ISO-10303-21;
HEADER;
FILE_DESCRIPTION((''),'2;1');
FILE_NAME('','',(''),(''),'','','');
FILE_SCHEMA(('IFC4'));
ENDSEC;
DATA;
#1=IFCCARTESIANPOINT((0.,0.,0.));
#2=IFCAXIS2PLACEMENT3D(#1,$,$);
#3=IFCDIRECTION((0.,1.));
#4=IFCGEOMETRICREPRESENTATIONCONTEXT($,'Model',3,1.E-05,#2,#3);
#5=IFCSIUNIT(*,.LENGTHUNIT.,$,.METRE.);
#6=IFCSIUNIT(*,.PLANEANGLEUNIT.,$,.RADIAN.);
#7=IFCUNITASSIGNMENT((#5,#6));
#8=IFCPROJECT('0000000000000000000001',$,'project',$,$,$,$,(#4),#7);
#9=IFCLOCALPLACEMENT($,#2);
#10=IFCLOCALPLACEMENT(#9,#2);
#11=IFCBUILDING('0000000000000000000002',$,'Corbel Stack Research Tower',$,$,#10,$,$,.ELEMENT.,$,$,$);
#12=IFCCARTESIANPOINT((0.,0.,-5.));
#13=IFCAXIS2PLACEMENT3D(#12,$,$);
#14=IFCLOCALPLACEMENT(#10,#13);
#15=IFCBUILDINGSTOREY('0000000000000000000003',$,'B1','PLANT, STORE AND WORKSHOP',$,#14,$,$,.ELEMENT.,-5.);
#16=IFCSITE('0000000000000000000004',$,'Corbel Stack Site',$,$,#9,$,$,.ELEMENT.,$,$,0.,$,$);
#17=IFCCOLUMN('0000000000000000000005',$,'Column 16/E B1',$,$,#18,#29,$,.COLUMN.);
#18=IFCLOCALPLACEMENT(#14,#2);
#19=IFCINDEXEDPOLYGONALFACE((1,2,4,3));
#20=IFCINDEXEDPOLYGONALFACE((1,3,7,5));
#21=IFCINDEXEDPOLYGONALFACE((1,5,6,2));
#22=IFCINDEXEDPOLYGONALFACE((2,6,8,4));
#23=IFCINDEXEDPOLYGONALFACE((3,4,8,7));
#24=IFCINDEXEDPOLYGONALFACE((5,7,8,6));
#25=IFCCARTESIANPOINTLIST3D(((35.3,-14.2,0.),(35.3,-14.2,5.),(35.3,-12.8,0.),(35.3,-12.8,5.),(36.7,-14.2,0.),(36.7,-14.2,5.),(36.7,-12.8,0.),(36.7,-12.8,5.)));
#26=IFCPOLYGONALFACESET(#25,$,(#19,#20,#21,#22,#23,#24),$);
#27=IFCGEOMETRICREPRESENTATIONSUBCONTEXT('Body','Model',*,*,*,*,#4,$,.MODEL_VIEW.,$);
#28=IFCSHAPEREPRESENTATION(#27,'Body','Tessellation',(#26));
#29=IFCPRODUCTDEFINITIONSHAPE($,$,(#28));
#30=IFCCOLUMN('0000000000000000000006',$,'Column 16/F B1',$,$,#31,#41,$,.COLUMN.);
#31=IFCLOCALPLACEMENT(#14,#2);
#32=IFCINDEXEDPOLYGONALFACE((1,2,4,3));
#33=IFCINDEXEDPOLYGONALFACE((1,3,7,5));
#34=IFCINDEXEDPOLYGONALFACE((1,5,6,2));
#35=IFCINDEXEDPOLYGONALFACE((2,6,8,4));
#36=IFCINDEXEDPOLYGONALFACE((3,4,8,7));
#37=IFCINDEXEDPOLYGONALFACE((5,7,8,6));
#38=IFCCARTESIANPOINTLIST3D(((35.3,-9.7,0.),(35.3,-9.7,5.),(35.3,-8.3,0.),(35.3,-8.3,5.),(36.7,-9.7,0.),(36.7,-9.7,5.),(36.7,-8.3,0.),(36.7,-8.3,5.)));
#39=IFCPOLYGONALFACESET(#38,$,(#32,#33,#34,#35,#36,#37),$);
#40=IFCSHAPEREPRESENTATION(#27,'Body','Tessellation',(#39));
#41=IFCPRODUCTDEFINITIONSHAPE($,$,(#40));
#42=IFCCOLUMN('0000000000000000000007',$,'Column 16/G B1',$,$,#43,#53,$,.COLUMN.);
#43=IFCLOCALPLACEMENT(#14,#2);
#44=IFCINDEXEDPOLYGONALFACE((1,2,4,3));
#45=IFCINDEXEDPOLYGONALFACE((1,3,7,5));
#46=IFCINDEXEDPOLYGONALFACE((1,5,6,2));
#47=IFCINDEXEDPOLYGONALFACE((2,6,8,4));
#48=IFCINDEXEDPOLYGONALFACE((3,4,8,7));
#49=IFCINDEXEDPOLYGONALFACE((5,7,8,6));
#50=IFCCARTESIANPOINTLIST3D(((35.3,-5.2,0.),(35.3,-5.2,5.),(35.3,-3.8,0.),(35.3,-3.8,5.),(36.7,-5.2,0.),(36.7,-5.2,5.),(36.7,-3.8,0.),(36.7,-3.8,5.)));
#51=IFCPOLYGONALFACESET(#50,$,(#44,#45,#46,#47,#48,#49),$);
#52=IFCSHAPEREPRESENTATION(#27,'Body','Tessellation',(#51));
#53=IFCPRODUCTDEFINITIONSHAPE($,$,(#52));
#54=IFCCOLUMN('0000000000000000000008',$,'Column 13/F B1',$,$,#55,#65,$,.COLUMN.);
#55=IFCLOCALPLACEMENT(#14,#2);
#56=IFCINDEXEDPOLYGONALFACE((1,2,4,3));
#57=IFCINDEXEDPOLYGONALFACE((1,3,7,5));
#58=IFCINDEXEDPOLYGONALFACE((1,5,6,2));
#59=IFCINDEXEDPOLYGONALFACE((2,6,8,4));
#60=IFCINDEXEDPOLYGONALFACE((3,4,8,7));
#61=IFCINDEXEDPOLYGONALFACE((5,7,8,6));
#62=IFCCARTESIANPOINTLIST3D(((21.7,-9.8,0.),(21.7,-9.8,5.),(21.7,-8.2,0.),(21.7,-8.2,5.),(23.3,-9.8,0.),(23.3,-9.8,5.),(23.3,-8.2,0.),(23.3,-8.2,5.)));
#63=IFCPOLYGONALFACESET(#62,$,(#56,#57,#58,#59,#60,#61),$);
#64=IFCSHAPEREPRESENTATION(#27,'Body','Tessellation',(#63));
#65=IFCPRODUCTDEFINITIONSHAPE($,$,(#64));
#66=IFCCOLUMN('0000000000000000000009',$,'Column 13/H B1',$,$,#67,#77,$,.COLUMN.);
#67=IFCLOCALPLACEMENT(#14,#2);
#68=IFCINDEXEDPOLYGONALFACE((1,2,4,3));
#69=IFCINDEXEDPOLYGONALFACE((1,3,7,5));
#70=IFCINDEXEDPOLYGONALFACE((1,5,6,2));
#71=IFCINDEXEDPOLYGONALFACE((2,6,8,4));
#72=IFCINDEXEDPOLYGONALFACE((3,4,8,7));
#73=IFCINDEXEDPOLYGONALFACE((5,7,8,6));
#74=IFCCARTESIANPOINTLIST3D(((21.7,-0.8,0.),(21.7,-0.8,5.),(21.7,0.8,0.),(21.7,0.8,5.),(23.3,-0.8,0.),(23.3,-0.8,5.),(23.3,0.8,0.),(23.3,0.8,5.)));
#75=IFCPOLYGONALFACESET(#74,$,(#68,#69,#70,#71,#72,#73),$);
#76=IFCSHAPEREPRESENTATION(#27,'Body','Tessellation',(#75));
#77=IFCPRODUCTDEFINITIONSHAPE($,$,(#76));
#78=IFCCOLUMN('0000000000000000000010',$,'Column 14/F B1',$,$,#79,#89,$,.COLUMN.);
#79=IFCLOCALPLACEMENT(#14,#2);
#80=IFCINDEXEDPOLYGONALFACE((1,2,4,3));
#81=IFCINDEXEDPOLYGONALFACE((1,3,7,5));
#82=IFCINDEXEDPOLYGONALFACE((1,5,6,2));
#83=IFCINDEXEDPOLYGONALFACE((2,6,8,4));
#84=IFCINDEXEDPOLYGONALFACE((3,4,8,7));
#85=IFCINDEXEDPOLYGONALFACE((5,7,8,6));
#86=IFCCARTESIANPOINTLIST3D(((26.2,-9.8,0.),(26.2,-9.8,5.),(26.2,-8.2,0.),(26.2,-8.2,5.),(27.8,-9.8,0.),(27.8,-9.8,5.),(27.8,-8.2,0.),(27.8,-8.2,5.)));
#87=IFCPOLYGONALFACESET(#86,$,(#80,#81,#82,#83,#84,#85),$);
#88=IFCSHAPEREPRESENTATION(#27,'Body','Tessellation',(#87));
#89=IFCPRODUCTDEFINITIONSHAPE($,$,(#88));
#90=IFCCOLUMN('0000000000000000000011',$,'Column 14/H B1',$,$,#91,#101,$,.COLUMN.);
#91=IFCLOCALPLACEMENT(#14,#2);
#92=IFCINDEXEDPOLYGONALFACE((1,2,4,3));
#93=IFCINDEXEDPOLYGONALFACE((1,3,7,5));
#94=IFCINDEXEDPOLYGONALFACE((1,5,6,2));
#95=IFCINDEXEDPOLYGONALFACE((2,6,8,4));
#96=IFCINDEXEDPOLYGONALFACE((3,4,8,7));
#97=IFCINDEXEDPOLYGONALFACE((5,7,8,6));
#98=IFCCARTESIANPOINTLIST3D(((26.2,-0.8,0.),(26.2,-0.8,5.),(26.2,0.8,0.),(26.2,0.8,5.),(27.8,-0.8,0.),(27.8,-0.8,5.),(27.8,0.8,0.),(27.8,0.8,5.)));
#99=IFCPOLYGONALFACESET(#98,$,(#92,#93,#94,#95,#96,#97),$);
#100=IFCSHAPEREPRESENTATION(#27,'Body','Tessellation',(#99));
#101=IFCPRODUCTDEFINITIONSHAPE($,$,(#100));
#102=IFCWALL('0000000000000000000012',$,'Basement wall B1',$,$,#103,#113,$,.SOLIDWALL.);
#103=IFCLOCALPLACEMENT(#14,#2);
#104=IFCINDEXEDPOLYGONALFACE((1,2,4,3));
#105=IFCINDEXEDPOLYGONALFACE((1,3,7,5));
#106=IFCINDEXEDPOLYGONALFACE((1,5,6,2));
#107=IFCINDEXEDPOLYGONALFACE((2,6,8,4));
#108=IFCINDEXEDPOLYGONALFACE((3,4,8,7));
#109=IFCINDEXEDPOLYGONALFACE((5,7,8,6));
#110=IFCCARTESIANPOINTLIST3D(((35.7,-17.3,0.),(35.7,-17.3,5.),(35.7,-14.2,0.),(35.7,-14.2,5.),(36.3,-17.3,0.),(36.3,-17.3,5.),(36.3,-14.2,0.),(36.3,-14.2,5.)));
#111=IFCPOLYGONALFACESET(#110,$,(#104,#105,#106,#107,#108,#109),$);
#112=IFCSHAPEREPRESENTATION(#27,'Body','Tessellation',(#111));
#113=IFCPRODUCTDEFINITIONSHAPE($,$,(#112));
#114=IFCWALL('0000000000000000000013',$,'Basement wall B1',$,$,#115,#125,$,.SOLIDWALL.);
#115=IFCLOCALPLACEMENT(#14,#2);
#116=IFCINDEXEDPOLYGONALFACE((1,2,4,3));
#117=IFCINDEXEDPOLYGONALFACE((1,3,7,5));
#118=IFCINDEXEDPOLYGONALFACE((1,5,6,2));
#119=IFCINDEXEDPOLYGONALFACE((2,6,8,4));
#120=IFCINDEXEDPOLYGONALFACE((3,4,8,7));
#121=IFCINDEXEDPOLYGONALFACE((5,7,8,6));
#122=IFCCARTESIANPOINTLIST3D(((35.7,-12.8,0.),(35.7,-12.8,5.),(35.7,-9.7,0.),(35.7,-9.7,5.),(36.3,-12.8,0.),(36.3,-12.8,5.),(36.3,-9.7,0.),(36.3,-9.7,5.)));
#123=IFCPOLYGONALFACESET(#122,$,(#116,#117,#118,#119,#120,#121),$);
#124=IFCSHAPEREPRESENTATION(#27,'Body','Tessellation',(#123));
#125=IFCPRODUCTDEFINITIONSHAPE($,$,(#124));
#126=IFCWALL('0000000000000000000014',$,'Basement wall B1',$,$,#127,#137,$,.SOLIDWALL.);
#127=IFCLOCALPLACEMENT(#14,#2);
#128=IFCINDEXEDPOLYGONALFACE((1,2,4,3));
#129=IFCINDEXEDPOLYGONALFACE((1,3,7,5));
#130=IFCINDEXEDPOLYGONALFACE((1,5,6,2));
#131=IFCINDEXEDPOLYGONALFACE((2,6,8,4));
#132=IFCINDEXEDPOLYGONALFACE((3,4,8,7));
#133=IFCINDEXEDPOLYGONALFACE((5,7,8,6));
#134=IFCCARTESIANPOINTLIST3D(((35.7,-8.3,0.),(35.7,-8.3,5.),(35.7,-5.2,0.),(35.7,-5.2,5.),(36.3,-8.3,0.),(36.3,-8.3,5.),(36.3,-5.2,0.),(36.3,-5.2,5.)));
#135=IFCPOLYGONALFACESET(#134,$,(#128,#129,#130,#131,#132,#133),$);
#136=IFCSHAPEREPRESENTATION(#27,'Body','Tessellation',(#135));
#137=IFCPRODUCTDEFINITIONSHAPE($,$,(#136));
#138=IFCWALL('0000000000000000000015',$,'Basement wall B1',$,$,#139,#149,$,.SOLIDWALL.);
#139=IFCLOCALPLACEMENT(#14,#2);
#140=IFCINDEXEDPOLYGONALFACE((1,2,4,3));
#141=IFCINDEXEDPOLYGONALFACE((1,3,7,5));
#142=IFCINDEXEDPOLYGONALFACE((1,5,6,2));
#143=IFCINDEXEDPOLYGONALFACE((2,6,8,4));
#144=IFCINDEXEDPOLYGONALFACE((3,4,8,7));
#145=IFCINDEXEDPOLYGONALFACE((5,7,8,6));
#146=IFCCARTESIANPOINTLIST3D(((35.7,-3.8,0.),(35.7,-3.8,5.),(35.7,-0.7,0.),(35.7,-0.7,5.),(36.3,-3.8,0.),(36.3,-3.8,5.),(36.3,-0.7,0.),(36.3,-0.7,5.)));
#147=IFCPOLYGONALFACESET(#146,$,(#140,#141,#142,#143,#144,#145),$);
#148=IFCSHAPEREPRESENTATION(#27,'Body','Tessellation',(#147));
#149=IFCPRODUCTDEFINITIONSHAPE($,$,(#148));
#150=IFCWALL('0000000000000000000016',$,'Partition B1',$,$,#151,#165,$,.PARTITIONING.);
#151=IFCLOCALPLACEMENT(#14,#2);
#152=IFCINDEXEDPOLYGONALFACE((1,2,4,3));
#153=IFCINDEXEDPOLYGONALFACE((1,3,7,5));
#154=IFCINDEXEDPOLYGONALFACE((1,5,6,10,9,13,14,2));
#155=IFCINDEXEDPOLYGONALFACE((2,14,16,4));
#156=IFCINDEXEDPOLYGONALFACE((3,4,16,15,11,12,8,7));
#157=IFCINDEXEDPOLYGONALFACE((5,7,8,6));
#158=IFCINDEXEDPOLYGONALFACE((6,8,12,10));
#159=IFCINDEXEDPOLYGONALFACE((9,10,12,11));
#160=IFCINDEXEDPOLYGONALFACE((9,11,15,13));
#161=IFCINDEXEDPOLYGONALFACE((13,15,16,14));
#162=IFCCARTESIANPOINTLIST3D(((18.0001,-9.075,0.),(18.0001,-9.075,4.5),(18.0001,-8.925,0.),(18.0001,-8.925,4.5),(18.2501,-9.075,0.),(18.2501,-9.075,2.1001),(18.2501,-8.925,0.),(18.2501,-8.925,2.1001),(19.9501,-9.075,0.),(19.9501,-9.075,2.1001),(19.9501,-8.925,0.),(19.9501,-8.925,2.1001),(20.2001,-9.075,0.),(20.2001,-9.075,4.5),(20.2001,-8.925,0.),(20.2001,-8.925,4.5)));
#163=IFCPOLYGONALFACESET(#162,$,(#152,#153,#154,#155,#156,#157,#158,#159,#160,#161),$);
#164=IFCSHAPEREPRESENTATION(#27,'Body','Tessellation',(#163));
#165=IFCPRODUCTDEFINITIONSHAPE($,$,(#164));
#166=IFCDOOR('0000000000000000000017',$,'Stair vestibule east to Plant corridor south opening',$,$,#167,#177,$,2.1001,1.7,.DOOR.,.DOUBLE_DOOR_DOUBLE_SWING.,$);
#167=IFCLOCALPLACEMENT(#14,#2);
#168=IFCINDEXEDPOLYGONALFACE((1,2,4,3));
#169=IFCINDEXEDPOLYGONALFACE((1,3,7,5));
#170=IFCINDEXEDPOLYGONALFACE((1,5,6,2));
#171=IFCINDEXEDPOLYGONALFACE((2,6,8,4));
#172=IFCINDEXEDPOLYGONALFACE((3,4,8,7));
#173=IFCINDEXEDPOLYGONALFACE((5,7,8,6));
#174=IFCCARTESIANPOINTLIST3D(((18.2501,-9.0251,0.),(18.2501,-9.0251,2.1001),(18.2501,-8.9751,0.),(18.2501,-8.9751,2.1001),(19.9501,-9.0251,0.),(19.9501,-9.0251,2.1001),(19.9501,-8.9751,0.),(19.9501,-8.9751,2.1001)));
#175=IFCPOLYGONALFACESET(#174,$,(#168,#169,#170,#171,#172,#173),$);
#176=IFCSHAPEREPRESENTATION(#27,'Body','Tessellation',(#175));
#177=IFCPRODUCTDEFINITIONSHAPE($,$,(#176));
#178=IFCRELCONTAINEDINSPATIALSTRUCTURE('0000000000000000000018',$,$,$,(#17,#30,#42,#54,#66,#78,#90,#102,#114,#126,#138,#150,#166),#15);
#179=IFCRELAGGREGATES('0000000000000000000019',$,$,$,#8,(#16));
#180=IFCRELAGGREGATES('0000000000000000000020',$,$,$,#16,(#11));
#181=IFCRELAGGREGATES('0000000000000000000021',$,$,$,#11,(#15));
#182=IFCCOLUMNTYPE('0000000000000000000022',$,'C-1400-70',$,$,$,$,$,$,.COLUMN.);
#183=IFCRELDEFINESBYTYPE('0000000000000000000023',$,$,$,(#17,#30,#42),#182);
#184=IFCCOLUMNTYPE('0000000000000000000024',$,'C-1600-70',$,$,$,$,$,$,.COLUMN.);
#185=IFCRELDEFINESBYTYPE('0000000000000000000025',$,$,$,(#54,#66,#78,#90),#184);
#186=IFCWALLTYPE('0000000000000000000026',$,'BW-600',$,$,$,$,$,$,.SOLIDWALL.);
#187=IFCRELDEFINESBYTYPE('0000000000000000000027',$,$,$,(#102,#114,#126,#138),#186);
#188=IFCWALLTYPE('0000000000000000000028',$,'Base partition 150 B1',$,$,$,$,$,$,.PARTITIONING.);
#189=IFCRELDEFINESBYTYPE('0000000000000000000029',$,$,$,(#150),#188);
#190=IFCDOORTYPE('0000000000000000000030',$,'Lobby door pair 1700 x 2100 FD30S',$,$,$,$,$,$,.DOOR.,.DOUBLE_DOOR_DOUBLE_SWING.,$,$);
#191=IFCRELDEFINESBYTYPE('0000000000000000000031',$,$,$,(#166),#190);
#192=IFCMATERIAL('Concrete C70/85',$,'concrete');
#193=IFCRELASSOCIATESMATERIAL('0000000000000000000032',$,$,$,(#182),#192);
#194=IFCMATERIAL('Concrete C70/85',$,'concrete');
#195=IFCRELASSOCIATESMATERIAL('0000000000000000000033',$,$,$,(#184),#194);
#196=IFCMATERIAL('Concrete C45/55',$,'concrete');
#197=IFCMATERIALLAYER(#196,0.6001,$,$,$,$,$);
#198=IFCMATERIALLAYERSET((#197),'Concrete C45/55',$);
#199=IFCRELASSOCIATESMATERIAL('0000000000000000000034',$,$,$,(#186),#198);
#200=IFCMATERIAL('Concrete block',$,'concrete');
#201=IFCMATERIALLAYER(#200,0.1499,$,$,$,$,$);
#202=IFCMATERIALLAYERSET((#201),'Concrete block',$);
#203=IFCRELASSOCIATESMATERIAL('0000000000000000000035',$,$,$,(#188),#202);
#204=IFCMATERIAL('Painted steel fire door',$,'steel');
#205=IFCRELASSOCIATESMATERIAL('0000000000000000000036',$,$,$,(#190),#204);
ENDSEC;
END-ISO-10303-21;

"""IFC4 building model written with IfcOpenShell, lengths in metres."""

from ifc_helpers import new_model, si_unit, direction, frame, frame_2d, origin, origin_2d, place, context, subcontext, project, spatial, rectangle, extrude, material, layer, layer_set, material_profile, profile_set, type_object, element, fill, save


model = new_model("IFC4")

# Units and contexts
model_context = context("Model", 3, precision=1e-05, world=origin(), true_north=direction((0.0, 1.0)))
body_context = subcontext(model_context, "Body", "Model", "MODEL_VIEW")
ifc_project = project(units=[si_unit("LENGTHUNIT", "METRE"), si_unit("PLANEANGLEUNIT", "RADIAN")], contexts=[model_context])

# Site, building, storey
site_placement = place(None, origin())
site = spatial("IfcSite", under=ifc_project, at=site_placement, Name="Corbel Stack Site", CompositionType="ELEMENT", RefElevation=0.0)
building_placement = place(site_placement, origin())
building = spatial("IfcBuilding", under=site, at=building_placement, Name="Corbel Stack Research Tower", CompositionType="ELEMENT")
storey_placement = place(building_placement, frame((0.0, 0.0, -5.0)))
storey = spatial("IfcBuildingStorey", under=building, at=storey_placement, Name="B1", Description="PLANT, STORE AND WORKSHOP", CompositionType="ELEMENT", Elevation=-5.0)

# Columns
ifc_material_1 = material(Name="Concrete C70/85", Category="concrete")
ifc_material_profile_1 = material_profile(ifc_material_1, rectangle(XDim=1.3999, YDim=1.3999, at=origin_2d()), Name="RC 1400 x 1400")
ifc_profile_set_1 = profile_set([ifc_material_profile_1], Name="Concrete C70/85")
column_type_1 = type_object("IfcColumnType", Name="C-1400-70", PredefinedType="COLUMN", material=ifc_profile_set_1)
for number, where, z_axis, x_axis, name in (
    (1, (36.0, -13.5, 0.0), (0.0, 0.0, 1.0), (1.0, 0.0, 0.0), "Column 16/E B1"),
    (2, (36.0, -9.0, 0.0), (0.0, 0.0, 1.0), (1.0, 0.0, 0.0), "Column 16/F B1"),
    (3, (36.0, -4.5, 0.0), (0.0, 0.0, 1.0), (1.0, 0.0, 0.0), "Column 16/G B1"),
):
    element("IfcColumn", number, at=place(storey_placement, frame(where, z_axis=z_axis, x_axis=x_axis)), inside=storey, type_object=column_type_1, Name=name, PredefinedType="COLUMN", context=body_context, shape_type="SweptSolid", body=[
        extrude(rectangle(XDim=1.3999, YDim=1.3999, at=origin_2d()), origin(), (0.0, 0.0, 1.0), 5.0),
    ])
ifc_material_2 = material(Name="Concrete C70/85", Category="concrete")
ifc_material_profile_2 = material_profile(ifc_material_2, rectangle(XDim=1.6001, YDim=1.6001, at=origin_2d()), Name="RC 1600 x 1600")
ifc_profile_set_2 = profile_set([ifc_material_profile_2], Name="Concrete C70/85")
column_type_2 = type_object("IfcColumnType", Name="C-1600-70", PredefinedType="COLUMN", material=ifc_profile_set_2)
for number, where, z_axis, x_axis, name in (
    (4, (22.5, -9.0, 0.0), (0.0, 0.0, 1.0), (1.0, 0.0, 0.0), "Column 13/F B1"),
    (5, (22.5, 0.0, 0.0), (0.0, 0.0, 1.0), (1.0, 0.0, 0.0), "Column 13/H B1"),
    (6, (27.0, -9.0, 0.0), (0.0, 0.0, 1.0), (1.0, 0.0, 0.0), "Column 14/F B1"),
    (7, (27.0, 0.0, 0.0), (0.0, 0.0, 1.0), (1.0, 0.0, 0.0), "Column 14/H B1"),
):
    element("IfcColumn", number, at=place(storey_placement, frame(where, z_axis=z_axis, x_axis=x_axis)), inside=storey, type_object=column_type_2, Name=name, PredefinedType="COLUMN", context=body_context, shape_type="SweptSolid", body=[
        extrude(rectangle(XDim=1.6001, YDim=1.6001, at=origin_2d()), origin(), (0.0, 0.0, 1.0), 5.0),
    ])

# Walls
ifc_material_3 = material(Name="Concrete C45/55", Category="concrete")
ifc_layer_1 = layer(ifc_material_3, 0.6001)
ifc_layer_set_1 = layer_set([ifc_layer_1], Name="Concrete C45/55")
wall_type_1 = type_object("IfcWallType", Name="BW-600", PredefinedType="SOLIDWALL", material=ifc_layer_set_1)
for number, where, z_axis, x_axis, name in (
    (8, (36.0, -17.3, 0.0), (0.0, 0.0, 1.0), (0.0, 1.0, 0.0), "Basement wall B1"),
    (9, (36.0, -12.8, 0.0), (0.0, 0.0, 1.0), (0.0, 1.0, 0.0), "Basement wall B1"),
    (10, (36.0, -8.3, 0.0), (0.0, 0.0, 1.0), (0.0, 1.0, 0.0), "Basement wall B1"),
    (11, (36.0, -3.8, 0.0), (0.0, 0.0, 1.0), (0.0, 1.0, 0.0), "Basement wall B1"),
):
    element("IfcWall", number, at=place(storey_placement, frame(where, z_axis=z_axis, x_axis=x_axis)), inside=storey, type_object=wall_type_1, Name=name, PredefinedType="SOLIDWALL", context=body_context, shape_type="SweptSolid", body=[
        extrude(rectangle(XDim=3.1001, YDim=0.6001, at=frame_2d((1.55, 0.0))), origin(), (0.0, 0.0, 1.0), 5.0),
    ])

# Wall, opening, door
ifc_material_4 = material(Name="Concrete block", Category="concrete")
ifc_layer_2 = layer(ifc_material_4, 0.1499)
ifc_layer_set_2 = layer_set([ifc_layer_2], Name="Concrete block")
wall_type_2 = type_object("IfcWallType", Name="Base partition 150 B1", PredefinedType="PARTITIONING", material=ifc_layer_set_2)
wall_1_placement = place(storey_placement, frame((18.0, -9.0, 0.0), z_axis=(0.0, 0.0, 1.0), x_axis=(1.0, 0.0, 0.0)))
wall_1 = element("IfcWall", 12, at=wall_1_placement, inside=storey, type_object=wall_type_2, Name="Partition B1", PredefinedType="PARTITIONING", context=body_context, shape_type="SweptSolid", body=[
    extrude(rectangle(XDim=2.2, YDim=0.1499, at=frame_2d((1.1001, 0.0))), origin(), (0.0, 0.0, 1.0), 4.5),
])
opening_1_placement = place(wall_1_placement, frame((0.25, 0.0, 0.0)))
opening_1 = element("IfcOpeningElement", 13, at=opening_1_placement, cuts=wall_1, PredefinedType="OPENING", context=body_context, shape_type="SweptSolid", body=[
    extrude(rectangle(XDim=1.7, YDim=2.1001, at=frame_2d((0.8501, 1.05))), frame((0.0, 0.085, 0.0), z_axis=(0.0, -1.0, 0.0), x_axis=(1.0, 0.0, 0.0)), (0.0, 0.0, 1.0), 0.1699),
])
ifc_material_5 = material(Name="Painted steel fire door", Category="steel")
door_type_1 = type_object("IfcDoorType", Name="Lobby door pair 1700 x 2100 FD30S", OperationType="DOUBLE_DOOR_DOUBLE_SWING", PredefinedType="DOOR", material=ifc_material_5)
door_1_placement = place(opening_1_placement, origin())
door_1 = element("IfcDoor", 14, at=door_1_placement, inside=storey, type_object=door_type_1, Name="Stair vestibule east to Plant corridor south opening", OperationType="DOUBLE_DOOR_DOUBLE_SWING", OverallHeight=2.1001, OverallWidth=1.7, PredefinedType="DOOR", context=body_context, shape_type="SweptSolid", body=[
    extrude(rectangle(XDim=1.7, YDim=2.1001, at=frame_2d((0.8501, 1.05))), frame((0.0, 0.0249, 0.0), z_axis=(0.0, -1.0, 0.0), x_axis=(1.0, 0.0, 0.0)), (0.0, 0.0, 1.0), 0.05),
])
fill(opening_1, door_1)

save(model, "model.ifc")
